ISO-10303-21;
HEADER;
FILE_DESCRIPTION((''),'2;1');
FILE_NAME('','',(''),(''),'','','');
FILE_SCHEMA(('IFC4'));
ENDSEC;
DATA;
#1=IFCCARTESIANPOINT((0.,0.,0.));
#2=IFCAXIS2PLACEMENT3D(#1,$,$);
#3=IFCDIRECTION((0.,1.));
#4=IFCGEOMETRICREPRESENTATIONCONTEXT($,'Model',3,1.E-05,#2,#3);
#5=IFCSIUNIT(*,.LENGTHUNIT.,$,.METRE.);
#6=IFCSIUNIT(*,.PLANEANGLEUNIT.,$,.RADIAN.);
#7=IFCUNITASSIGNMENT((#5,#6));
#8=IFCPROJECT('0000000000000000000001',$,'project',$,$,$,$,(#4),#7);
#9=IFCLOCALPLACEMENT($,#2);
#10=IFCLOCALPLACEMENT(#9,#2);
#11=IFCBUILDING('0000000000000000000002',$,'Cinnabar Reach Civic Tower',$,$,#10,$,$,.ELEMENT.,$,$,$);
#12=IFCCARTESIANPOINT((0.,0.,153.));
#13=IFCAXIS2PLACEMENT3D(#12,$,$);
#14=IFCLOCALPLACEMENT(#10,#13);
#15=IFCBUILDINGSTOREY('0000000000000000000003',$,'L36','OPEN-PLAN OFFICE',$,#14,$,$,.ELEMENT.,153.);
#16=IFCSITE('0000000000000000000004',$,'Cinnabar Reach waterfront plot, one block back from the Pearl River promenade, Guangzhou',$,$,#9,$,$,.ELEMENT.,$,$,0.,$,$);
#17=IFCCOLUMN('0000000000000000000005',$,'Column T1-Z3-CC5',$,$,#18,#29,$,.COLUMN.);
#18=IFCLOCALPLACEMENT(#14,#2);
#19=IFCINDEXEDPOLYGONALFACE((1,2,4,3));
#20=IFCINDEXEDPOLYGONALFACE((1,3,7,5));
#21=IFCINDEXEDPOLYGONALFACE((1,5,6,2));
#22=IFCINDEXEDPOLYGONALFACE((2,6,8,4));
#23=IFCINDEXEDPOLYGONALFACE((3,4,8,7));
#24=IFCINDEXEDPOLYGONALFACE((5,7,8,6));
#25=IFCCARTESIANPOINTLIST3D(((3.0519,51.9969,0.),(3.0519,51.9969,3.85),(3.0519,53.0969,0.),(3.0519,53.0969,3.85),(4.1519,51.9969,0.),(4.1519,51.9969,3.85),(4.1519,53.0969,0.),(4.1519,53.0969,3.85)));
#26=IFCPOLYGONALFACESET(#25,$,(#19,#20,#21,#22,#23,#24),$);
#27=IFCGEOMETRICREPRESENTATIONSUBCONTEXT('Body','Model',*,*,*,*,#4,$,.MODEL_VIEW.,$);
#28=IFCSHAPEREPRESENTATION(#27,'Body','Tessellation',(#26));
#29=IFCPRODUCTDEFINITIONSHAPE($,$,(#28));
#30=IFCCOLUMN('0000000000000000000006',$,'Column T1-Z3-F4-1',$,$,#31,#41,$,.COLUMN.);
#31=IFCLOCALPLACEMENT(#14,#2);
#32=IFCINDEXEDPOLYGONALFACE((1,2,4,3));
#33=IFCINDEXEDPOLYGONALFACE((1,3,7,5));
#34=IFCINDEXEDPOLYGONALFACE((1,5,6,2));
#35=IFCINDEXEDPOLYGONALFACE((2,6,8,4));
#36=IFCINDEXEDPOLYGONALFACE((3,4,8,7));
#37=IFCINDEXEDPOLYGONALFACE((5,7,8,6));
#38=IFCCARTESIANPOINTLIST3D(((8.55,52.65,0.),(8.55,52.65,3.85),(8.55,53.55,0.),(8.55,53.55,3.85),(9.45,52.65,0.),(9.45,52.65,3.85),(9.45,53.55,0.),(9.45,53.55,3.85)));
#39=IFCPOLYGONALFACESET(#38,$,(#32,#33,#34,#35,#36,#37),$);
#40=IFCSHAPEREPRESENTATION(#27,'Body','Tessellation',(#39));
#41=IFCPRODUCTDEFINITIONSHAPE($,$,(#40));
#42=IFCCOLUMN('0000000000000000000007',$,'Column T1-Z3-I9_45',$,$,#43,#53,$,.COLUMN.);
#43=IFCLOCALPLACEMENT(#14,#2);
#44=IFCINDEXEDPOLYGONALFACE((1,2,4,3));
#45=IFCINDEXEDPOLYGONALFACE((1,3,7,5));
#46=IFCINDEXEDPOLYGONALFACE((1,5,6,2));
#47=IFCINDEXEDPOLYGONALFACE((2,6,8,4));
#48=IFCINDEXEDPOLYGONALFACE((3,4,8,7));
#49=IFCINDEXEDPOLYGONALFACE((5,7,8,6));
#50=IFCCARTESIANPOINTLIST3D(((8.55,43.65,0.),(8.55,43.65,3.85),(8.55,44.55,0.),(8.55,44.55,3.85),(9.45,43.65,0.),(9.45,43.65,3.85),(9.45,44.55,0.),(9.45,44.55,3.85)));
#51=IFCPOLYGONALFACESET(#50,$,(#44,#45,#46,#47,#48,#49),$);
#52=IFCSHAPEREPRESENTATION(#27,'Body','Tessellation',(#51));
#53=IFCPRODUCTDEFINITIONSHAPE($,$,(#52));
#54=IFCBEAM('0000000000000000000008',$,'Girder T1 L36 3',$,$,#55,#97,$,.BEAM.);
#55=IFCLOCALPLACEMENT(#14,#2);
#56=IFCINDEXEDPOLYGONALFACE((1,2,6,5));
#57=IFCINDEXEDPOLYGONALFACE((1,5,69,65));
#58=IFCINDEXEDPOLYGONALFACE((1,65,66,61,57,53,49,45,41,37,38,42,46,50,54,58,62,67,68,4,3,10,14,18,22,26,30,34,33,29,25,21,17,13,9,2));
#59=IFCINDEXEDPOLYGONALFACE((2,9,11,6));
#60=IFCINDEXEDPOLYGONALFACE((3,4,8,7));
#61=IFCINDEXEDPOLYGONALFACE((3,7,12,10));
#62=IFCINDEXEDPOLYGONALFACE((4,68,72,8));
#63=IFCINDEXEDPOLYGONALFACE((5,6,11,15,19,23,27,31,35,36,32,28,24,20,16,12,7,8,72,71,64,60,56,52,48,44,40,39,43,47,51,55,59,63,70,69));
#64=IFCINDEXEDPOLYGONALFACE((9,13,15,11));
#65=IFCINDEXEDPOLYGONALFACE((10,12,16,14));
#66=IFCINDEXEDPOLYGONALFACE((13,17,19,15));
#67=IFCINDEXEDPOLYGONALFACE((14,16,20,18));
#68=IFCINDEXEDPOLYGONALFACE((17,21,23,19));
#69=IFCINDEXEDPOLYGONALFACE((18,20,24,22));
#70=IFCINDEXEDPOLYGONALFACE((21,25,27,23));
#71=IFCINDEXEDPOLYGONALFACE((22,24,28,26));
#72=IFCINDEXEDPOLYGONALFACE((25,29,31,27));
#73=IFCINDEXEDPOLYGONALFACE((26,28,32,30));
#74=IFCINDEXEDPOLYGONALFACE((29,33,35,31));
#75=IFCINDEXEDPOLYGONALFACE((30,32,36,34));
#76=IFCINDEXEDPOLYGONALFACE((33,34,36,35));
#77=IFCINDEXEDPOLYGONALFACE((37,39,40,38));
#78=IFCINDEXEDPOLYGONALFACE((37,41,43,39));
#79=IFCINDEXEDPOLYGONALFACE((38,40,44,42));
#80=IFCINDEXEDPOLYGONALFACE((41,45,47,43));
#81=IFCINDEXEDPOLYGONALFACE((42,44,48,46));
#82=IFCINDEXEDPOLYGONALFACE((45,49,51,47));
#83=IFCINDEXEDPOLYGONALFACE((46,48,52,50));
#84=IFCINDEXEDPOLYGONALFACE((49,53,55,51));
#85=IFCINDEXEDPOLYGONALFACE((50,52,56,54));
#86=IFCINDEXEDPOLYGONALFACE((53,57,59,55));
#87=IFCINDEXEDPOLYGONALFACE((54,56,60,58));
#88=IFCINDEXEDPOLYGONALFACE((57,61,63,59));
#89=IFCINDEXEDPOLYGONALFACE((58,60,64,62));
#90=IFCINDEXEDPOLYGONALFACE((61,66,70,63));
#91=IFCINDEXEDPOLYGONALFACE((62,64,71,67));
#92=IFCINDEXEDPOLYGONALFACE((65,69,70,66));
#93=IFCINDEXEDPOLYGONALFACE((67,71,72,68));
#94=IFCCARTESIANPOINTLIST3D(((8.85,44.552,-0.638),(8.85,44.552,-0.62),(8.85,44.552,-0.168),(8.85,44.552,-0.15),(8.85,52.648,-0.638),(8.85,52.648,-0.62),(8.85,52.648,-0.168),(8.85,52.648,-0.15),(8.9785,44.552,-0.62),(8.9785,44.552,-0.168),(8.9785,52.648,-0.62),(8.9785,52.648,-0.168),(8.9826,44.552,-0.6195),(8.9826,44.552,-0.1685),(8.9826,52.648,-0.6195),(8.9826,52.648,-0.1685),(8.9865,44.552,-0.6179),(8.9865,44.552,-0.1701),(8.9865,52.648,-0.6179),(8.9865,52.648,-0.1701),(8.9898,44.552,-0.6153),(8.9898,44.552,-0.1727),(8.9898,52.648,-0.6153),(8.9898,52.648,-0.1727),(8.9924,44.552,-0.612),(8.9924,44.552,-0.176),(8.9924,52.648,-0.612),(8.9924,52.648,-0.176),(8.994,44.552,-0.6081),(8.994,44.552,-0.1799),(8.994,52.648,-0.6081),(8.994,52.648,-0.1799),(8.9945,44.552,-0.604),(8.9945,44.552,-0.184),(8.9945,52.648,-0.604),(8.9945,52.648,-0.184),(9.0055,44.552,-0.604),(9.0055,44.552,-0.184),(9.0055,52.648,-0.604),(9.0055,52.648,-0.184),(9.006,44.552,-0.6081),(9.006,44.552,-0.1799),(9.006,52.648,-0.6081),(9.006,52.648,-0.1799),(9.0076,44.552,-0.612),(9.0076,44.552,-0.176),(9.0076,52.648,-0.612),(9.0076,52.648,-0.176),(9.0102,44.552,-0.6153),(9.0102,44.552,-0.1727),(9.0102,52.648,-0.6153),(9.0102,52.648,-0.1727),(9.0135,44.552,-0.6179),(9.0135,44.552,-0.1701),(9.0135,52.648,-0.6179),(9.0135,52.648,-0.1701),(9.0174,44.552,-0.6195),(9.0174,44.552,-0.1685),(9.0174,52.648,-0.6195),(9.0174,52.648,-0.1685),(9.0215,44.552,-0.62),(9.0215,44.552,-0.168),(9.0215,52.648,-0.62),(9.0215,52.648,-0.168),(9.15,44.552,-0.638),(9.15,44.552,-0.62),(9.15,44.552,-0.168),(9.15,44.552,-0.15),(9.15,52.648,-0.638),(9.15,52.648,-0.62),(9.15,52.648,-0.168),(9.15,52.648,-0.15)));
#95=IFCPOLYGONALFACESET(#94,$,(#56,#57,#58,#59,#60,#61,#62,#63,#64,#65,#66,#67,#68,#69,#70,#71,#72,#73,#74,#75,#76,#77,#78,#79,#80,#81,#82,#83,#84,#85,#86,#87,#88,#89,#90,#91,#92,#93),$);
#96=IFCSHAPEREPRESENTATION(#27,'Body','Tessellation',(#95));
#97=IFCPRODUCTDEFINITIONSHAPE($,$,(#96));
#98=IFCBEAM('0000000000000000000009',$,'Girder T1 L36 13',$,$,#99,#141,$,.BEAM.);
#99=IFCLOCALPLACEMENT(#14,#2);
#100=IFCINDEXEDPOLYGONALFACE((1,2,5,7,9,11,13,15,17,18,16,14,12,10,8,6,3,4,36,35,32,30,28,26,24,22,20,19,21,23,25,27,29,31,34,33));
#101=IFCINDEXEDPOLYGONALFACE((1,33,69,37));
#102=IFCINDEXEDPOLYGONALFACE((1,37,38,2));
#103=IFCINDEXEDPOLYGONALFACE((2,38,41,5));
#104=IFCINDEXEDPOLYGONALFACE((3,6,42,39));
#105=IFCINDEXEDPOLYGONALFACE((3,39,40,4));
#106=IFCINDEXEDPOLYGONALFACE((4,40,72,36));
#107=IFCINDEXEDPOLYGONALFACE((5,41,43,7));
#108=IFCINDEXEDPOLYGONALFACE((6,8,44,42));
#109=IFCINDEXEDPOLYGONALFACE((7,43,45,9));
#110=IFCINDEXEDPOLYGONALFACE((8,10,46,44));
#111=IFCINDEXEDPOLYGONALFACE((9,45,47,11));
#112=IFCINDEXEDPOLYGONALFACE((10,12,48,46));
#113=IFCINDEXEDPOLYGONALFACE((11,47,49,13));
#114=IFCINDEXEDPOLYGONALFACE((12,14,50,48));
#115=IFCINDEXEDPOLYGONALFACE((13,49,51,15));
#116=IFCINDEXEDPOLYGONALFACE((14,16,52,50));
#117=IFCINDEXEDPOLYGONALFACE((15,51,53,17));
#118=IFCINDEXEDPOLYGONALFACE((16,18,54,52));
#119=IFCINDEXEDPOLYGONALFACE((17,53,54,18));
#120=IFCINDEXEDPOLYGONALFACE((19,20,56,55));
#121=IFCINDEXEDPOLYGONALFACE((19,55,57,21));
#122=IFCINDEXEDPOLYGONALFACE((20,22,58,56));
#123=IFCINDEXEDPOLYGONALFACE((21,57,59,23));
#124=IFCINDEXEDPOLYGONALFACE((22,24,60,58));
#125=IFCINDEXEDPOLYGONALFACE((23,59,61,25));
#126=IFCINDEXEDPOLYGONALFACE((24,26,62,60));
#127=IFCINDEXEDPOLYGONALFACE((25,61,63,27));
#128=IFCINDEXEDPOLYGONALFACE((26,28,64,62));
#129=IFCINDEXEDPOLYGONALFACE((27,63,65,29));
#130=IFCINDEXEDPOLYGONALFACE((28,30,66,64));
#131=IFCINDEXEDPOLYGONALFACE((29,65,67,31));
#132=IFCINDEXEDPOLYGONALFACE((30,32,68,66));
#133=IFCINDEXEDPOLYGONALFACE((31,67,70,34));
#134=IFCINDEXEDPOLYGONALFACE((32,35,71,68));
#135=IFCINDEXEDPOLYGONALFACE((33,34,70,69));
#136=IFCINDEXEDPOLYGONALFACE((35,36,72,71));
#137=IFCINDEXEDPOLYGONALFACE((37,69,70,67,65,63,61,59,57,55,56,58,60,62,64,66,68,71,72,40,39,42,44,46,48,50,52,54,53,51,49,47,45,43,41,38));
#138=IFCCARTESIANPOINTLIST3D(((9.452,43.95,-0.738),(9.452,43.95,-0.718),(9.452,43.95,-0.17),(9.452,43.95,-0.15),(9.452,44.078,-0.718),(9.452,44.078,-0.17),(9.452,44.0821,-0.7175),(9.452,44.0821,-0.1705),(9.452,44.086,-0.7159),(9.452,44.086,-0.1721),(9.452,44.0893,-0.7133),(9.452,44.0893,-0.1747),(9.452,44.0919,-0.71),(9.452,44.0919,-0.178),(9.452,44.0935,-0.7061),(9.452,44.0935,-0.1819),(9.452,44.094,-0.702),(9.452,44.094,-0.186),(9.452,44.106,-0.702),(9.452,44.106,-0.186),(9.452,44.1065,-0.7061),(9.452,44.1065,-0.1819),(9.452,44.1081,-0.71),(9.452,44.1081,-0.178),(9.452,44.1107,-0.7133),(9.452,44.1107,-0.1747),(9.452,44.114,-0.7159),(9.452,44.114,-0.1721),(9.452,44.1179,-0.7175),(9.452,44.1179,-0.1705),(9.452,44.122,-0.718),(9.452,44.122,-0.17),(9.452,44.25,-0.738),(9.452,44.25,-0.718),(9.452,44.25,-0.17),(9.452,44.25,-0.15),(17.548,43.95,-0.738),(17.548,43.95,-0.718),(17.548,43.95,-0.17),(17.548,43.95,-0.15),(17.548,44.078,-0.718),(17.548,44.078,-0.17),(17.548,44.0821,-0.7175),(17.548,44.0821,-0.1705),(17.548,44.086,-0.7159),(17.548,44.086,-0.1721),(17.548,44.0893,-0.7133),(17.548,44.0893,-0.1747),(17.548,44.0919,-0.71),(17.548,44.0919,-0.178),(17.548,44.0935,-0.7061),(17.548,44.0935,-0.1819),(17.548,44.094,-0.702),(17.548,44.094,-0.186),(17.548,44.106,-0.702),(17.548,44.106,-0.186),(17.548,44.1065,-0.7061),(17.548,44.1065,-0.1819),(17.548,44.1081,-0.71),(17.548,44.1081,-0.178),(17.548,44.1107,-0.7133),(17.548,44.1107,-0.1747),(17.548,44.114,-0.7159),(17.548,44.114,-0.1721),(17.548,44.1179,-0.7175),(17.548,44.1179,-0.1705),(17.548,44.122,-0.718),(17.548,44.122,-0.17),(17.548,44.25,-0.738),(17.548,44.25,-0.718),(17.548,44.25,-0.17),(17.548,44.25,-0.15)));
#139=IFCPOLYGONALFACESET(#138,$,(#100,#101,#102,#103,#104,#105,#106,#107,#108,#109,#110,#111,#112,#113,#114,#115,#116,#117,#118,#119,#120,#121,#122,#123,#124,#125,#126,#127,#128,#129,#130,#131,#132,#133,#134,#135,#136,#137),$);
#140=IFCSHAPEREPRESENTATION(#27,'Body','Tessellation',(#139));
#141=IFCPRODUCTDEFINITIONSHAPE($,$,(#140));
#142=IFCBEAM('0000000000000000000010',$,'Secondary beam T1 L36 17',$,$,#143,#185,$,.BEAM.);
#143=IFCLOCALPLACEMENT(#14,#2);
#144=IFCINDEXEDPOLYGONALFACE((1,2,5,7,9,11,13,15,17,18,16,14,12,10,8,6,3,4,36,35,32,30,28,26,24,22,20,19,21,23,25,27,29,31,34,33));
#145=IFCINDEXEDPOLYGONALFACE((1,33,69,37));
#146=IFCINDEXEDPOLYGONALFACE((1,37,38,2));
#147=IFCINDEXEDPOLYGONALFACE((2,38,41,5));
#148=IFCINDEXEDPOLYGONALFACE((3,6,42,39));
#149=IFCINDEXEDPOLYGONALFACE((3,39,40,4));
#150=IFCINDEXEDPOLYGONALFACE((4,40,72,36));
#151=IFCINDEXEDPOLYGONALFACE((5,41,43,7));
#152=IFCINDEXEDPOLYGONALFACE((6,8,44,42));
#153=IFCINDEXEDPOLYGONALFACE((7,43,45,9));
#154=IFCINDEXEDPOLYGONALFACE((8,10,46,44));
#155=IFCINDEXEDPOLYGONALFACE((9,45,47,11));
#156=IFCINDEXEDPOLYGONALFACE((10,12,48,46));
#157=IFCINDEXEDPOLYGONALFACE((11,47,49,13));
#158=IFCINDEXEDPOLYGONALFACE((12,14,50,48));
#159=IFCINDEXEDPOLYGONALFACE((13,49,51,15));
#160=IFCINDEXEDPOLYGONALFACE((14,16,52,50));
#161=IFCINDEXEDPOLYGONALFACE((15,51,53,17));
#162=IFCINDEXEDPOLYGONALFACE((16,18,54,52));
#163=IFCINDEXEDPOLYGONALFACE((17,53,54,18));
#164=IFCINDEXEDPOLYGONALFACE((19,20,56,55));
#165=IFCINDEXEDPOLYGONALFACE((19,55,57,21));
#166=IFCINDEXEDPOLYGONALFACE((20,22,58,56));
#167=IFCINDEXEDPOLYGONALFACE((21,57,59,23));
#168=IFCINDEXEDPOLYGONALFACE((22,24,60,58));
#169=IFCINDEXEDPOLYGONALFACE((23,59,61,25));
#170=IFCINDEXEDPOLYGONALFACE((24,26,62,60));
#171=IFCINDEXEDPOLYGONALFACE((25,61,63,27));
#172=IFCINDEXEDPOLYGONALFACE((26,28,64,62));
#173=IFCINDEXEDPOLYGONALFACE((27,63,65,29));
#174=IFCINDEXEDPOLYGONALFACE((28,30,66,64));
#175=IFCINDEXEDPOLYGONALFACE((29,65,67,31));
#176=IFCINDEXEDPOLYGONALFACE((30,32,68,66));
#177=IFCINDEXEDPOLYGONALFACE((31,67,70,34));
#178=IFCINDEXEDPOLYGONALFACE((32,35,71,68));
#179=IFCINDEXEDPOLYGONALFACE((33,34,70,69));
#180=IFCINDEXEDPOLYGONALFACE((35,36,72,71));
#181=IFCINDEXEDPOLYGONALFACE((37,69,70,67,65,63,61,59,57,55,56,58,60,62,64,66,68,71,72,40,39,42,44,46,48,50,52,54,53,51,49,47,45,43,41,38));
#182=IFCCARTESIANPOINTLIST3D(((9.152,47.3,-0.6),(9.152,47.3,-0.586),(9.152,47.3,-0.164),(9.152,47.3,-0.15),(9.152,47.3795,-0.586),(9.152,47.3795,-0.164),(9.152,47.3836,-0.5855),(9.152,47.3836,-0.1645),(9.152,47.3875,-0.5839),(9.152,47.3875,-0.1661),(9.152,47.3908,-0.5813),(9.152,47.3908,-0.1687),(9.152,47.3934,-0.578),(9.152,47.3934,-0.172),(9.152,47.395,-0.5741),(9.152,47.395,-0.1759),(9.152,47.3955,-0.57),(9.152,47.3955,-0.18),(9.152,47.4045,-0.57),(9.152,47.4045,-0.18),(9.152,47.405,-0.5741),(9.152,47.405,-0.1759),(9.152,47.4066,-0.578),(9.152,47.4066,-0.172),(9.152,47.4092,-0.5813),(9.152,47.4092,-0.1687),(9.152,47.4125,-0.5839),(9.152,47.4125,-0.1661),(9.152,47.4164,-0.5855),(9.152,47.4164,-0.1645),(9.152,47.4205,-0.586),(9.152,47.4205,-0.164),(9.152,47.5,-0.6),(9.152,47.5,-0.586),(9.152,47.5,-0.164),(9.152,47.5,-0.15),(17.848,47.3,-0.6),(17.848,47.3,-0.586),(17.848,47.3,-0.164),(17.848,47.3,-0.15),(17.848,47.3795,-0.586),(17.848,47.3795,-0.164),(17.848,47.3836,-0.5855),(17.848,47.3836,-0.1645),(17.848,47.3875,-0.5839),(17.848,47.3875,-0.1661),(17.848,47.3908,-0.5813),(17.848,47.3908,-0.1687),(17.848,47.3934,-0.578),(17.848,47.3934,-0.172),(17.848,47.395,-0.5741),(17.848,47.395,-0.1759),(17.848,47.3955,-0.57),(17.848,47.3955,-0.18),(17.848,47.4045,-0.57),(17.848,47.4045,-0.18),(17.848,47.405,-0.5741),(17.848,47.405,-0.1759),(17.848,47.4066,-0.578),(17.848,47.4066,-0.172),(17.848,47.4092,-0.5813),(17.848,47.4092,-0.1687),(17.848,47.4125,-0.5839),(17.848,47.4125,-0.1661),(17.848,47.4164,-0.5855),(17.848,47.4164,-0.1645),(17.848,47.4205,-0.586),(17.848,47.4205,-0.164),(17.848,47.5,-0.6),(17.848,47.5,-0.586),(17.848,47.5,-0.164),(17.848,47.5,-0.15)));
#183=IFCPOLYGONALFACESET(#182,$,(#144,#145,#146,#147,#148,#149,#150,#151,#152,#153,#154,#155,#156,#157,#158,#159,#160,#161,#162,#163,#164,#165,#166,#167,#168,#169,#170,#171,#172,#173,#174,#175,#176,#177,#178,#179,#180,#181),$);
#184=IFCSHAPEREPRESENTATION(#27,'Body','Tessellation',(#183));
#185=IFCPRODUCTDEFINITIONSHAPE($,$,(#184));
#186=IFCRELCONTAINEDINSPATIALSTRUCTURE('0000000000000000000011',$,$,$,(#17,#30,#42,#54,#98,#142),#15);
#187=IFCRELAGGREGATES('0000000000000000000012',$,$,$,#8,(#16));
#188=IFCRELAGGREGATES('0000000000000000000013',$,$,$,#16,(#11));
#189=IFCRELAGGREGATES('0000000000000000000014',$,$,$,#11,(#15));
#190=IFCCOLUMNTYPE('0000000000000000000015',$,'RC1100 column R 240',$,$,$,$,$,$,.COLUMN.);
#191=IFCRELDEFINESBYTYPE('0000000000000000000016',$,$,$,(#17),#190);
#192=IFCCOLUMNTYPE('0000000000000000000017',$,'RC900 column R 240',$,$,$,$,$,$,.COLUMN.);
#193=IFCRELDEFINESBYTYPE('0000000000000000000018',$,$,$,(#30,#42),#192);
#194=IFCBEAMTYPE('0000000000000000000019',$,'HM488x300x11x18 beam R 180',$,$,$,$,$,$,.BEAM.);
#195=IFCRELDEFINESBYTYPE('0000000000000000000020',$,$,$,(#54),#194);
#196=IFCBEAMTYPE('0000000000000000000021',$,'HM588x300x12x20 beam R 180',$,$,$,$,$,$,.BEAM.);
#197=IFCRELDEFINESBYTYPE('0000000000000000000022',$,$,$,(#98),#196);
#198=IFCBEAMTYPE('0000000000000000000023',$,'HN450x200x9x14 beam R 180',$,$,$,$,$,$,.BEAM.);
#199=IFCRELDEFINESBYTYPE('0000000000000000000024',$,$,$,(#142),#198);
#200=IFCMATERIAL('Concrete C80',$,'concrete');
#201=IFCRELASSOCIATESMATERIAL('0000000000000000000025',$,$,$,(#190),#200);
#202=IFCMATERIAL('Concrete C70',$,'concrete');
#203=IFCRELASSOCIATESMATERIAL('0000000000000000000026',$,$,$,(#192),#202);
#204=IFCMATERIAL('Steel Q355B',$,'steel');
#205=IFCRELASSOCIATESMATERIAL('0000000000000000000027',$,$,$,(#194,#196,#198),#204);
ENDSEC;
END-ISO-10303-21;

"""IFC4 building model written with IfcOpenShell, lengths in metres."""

from ifc_helpers import new_model, si_unit, direction, frame, origin, origin_2d, place, context, subcontext, project, spatial, rectangle, i_section, extrude, material, material_profile, profile_set, type_object, element, save


model = new_model("IFC4")

# Units and contexts
model_context = context("Model", 3, precision=1e-05, world=origin(), true_north=direction((0.0, 1.0)))
body_context = subcontext(model_context, "Body", "Model", "MODEL_VIEW")
ifc_project = project(units=[si_unit("LENGTHUNIT", "METRE"), si_unit("PLANEANGLEUNIT", "RADIAN")], contexts=[model_context])

# Site, building, storey
site_placement = place(None, origin())
site = spatial("IfcSite", under=ifc_project, at=site_placement, Name="Cinnabar Reach waterfront plot, one block back from the Pearl River promenade, Guangzhou", CompositionType="ELEMENT", RefElevation=0.0)
building_placement = place(site_placement, origin())
building = spatial("IfcBuilding", under=site, at=building_placement, Name="Cinnabar Reach Civic Tower", CompositionType="ELEMENT")
storey_placement = place(building_placement, frame((0.0, 0.0, 153.0)))
storey = spatial("IfcBuildingStorey", under=building, at=storey_placement, Name="L36", Description="OPEN-PLAN OFFICE", CompositionType="ELEMENT", Elevation=153.0)

# Columns
ifc_material_1 = material(Name="Concrete C80", Category="concrete")
ifc_material_profile_1 = material_profile(ifc_material_1, rectangle(XDim=1.1, YDim=1.1, at=origin_2d()), Name="RC1100")
ifc_profile_set_1 = profile_set([ifc_material_profile_1], Name="Concrete C80")
column_type_1 = type_object("IfcColumnType", Name="RC1100 column R 240", PredefinedType="COLUMN", material=ifc_profile_set_1)
column_placement = place(storey_placement, frame((3.6019, 52.5469, 0.0), z_axis=(0.0, 0.0, 1.0), x_axis=(1.0, 0.0, 0.0)))
element("IfcColumn", 1, at=column_placement, inside=storey, type_object=column_type_1, Name="Column T1-Z3-CC5", PredefinedType="COLUMN", context=body_context, shape_type="SweptSolid", body=[
    extrude(rectangle(XDim=1.1, YDim=1.1, at=origin_2d()), origin(), (0.0, 0.0, 1.0), 3.85),
])
ifc_material_2 = material(Name="Concrete C70", Category="concrete")
ifc_material_profile_2 = material_profile(ifc_material_2, rectangle(XDim=0.9, YDim=0.9, at=origin_2d()), Name="RC900")
ifc_profile_set_2 = profile_set([ifc_material_profile_2], Name="Concrete C70")
column_type_2 = type_object("IfcColumnType", Name="RC900 column R 240", PredefinedType="COLUMN", material=ifc_profile_set_2)
for number, where, z_axis, x_axis, name in (
    (2, (9.0, 53.1, 0.0), (0.0, 0.0, 1.0), (1.0, 0.0, 0.0), "Column T1-Z3-F4-1"),
    (3, (9.0, 44.1, 0.0), (0.0, 0.0, 1.0), (1.0, 0.0, 0.0), "Column T1-Z3-I9_45"),
):
    element("IfcColumn", number, at=place(storey_placement, frame(where, z_axis=z_axis, x_axis=x_axis)), inside=storey, type_object=column_type_2, Name=name, PredefinedType="COLUMN", context=body_context, shape_type="SweptSolid", body=[
        extrude(rectangle(XDim=0.9, YDim=0.9, at=origin_2d()), origin(), (0.0, 0.0, 1.0), 3.85),
    ])

# Beams
ifc_material_3 = material(Name="Steel Q355B", Category="steel")
ifc_material_profile_3 = material_profile(ifc_material_3, i_section(OverallWidth=0.3, OverallDepth=0.488, WebThickness=0.011, FlangeThickness=0.018, FilletRadius=0.016, at=origin_2d()), Name="HM488x300x11x18")
ifc_profile_set_3 = profile_set([ifc_material_profile_3], Name="Steel Q355B")
beam_type_1 = type_object("IfcBeamType", Name="HM488x300x11x18 beam R 180", PredefinedType="BEAM", material=ifc_profile_set_3)
beam_1_placement = place(storey_placement, frame((9.0, 44.552, -0.394), z_axis=(0.0, 1.0, 0.0), x_axis=(-1.0, 0.0, 0.0)))
element("IfcBeam", 4, at=beam_1_placement, inside=storey, type_object=beam_type_1, Name="Girder T1 L36 3", PredefinedType="BEAM", context=body_context, shape_type="SweptSolid", body=[
    extrude(i_section(OverallWidth=0.3, OverallDepth=0.488, WebThickness=0.011, FlangeThickness=0.018, FilletRadius=0.016, at=origin_2d()), origin(), (0.0, 0.0, 1.0), 8.096),
])
ifc_material_profile_4 = material_profile(ifc_material_3, i_section(OverallWidth=0.3, OverallDepth=0.588, WebThickness=0.012, FlangeThickness=0.02, FilletRadius=0.016, at=origin_2d()), Name="HM588x300x12x20")
ifc_profile_set_4 = profile_set([ifc_material_profile_4], Name="Steel Q355B")
beam_type_2 = type_object("IfcBeamType", Name="HM588x300x12x20 beam R 180", PredefinedType="BEAM", material=ifc_profile_set_4)
beam_2_placement = place(storey_placement, frame((9.452, 44.1, -0.444), z_axis=(1.0, 0.0, 0.0), x_axis=(0.0, 1.0, 0.0)))
element("IfcBeam", 5, at=beam_2_placement, inside=storey, type_object=beam_type_2, Name="Girder T1 L36 13", PredefinedType="BEAM", context=body_context, shape_type="SweptSolid", body=[
    extrude(i_section(OverallWidth=0.3, OverallDepth=0.588, WebThickness=0.012, FlangeThickness=0.02, FilletRadius=0.016, at=origin_2d()), origin(), (0.0, 0.0, 1.0), 8.096),
])
ifc_material_profile_5 = material_profile(ifc_material_3, i_section(OverallWidth=0.2, OverallDepth=0.45, WebThickness=0.009, FlangeThickness=0.014, FilletRadius=0.016, at=origin_2d()), Name="HN450x200x9x14")
ifc_profile_set_5 = profile_set([ifc_material_profile_5], Name="Steel Q355B")
beam_type_3 = type_object("IfcBeamType", Name="HN450x200x9x14 beam R 180", PredefinedType="BEAM", material=ifc_profile_set_5)
for number, where, z_axis, x_axis, name in (
    (6, (9.152, 47.4, -0.375), (1.0, 0.0, 0.0), (0.0, 1.0, 0.0), "Secondary beam T1 L36 17"),
):
    element("IfcBeam", number, at=place(storey_placement, frame(where, z_axis=z_axis, x_axis=x_axis)), inside=storey, type_object=beam_type_3, Name=name, PredefinedType="BEAM", context=body_context, shape_type="SweptSolid", body=[
        extrude(i_section(OverallWidth=0.2, OverallDepth=0.45, WebThickness=0.009, FlangeThickness=0.014, FilletRadius=0.016, at=origin_2d()), origin(), (0.0, 0.0, 1.0), 8.696),
    ])

save(model, "model.ifc")
